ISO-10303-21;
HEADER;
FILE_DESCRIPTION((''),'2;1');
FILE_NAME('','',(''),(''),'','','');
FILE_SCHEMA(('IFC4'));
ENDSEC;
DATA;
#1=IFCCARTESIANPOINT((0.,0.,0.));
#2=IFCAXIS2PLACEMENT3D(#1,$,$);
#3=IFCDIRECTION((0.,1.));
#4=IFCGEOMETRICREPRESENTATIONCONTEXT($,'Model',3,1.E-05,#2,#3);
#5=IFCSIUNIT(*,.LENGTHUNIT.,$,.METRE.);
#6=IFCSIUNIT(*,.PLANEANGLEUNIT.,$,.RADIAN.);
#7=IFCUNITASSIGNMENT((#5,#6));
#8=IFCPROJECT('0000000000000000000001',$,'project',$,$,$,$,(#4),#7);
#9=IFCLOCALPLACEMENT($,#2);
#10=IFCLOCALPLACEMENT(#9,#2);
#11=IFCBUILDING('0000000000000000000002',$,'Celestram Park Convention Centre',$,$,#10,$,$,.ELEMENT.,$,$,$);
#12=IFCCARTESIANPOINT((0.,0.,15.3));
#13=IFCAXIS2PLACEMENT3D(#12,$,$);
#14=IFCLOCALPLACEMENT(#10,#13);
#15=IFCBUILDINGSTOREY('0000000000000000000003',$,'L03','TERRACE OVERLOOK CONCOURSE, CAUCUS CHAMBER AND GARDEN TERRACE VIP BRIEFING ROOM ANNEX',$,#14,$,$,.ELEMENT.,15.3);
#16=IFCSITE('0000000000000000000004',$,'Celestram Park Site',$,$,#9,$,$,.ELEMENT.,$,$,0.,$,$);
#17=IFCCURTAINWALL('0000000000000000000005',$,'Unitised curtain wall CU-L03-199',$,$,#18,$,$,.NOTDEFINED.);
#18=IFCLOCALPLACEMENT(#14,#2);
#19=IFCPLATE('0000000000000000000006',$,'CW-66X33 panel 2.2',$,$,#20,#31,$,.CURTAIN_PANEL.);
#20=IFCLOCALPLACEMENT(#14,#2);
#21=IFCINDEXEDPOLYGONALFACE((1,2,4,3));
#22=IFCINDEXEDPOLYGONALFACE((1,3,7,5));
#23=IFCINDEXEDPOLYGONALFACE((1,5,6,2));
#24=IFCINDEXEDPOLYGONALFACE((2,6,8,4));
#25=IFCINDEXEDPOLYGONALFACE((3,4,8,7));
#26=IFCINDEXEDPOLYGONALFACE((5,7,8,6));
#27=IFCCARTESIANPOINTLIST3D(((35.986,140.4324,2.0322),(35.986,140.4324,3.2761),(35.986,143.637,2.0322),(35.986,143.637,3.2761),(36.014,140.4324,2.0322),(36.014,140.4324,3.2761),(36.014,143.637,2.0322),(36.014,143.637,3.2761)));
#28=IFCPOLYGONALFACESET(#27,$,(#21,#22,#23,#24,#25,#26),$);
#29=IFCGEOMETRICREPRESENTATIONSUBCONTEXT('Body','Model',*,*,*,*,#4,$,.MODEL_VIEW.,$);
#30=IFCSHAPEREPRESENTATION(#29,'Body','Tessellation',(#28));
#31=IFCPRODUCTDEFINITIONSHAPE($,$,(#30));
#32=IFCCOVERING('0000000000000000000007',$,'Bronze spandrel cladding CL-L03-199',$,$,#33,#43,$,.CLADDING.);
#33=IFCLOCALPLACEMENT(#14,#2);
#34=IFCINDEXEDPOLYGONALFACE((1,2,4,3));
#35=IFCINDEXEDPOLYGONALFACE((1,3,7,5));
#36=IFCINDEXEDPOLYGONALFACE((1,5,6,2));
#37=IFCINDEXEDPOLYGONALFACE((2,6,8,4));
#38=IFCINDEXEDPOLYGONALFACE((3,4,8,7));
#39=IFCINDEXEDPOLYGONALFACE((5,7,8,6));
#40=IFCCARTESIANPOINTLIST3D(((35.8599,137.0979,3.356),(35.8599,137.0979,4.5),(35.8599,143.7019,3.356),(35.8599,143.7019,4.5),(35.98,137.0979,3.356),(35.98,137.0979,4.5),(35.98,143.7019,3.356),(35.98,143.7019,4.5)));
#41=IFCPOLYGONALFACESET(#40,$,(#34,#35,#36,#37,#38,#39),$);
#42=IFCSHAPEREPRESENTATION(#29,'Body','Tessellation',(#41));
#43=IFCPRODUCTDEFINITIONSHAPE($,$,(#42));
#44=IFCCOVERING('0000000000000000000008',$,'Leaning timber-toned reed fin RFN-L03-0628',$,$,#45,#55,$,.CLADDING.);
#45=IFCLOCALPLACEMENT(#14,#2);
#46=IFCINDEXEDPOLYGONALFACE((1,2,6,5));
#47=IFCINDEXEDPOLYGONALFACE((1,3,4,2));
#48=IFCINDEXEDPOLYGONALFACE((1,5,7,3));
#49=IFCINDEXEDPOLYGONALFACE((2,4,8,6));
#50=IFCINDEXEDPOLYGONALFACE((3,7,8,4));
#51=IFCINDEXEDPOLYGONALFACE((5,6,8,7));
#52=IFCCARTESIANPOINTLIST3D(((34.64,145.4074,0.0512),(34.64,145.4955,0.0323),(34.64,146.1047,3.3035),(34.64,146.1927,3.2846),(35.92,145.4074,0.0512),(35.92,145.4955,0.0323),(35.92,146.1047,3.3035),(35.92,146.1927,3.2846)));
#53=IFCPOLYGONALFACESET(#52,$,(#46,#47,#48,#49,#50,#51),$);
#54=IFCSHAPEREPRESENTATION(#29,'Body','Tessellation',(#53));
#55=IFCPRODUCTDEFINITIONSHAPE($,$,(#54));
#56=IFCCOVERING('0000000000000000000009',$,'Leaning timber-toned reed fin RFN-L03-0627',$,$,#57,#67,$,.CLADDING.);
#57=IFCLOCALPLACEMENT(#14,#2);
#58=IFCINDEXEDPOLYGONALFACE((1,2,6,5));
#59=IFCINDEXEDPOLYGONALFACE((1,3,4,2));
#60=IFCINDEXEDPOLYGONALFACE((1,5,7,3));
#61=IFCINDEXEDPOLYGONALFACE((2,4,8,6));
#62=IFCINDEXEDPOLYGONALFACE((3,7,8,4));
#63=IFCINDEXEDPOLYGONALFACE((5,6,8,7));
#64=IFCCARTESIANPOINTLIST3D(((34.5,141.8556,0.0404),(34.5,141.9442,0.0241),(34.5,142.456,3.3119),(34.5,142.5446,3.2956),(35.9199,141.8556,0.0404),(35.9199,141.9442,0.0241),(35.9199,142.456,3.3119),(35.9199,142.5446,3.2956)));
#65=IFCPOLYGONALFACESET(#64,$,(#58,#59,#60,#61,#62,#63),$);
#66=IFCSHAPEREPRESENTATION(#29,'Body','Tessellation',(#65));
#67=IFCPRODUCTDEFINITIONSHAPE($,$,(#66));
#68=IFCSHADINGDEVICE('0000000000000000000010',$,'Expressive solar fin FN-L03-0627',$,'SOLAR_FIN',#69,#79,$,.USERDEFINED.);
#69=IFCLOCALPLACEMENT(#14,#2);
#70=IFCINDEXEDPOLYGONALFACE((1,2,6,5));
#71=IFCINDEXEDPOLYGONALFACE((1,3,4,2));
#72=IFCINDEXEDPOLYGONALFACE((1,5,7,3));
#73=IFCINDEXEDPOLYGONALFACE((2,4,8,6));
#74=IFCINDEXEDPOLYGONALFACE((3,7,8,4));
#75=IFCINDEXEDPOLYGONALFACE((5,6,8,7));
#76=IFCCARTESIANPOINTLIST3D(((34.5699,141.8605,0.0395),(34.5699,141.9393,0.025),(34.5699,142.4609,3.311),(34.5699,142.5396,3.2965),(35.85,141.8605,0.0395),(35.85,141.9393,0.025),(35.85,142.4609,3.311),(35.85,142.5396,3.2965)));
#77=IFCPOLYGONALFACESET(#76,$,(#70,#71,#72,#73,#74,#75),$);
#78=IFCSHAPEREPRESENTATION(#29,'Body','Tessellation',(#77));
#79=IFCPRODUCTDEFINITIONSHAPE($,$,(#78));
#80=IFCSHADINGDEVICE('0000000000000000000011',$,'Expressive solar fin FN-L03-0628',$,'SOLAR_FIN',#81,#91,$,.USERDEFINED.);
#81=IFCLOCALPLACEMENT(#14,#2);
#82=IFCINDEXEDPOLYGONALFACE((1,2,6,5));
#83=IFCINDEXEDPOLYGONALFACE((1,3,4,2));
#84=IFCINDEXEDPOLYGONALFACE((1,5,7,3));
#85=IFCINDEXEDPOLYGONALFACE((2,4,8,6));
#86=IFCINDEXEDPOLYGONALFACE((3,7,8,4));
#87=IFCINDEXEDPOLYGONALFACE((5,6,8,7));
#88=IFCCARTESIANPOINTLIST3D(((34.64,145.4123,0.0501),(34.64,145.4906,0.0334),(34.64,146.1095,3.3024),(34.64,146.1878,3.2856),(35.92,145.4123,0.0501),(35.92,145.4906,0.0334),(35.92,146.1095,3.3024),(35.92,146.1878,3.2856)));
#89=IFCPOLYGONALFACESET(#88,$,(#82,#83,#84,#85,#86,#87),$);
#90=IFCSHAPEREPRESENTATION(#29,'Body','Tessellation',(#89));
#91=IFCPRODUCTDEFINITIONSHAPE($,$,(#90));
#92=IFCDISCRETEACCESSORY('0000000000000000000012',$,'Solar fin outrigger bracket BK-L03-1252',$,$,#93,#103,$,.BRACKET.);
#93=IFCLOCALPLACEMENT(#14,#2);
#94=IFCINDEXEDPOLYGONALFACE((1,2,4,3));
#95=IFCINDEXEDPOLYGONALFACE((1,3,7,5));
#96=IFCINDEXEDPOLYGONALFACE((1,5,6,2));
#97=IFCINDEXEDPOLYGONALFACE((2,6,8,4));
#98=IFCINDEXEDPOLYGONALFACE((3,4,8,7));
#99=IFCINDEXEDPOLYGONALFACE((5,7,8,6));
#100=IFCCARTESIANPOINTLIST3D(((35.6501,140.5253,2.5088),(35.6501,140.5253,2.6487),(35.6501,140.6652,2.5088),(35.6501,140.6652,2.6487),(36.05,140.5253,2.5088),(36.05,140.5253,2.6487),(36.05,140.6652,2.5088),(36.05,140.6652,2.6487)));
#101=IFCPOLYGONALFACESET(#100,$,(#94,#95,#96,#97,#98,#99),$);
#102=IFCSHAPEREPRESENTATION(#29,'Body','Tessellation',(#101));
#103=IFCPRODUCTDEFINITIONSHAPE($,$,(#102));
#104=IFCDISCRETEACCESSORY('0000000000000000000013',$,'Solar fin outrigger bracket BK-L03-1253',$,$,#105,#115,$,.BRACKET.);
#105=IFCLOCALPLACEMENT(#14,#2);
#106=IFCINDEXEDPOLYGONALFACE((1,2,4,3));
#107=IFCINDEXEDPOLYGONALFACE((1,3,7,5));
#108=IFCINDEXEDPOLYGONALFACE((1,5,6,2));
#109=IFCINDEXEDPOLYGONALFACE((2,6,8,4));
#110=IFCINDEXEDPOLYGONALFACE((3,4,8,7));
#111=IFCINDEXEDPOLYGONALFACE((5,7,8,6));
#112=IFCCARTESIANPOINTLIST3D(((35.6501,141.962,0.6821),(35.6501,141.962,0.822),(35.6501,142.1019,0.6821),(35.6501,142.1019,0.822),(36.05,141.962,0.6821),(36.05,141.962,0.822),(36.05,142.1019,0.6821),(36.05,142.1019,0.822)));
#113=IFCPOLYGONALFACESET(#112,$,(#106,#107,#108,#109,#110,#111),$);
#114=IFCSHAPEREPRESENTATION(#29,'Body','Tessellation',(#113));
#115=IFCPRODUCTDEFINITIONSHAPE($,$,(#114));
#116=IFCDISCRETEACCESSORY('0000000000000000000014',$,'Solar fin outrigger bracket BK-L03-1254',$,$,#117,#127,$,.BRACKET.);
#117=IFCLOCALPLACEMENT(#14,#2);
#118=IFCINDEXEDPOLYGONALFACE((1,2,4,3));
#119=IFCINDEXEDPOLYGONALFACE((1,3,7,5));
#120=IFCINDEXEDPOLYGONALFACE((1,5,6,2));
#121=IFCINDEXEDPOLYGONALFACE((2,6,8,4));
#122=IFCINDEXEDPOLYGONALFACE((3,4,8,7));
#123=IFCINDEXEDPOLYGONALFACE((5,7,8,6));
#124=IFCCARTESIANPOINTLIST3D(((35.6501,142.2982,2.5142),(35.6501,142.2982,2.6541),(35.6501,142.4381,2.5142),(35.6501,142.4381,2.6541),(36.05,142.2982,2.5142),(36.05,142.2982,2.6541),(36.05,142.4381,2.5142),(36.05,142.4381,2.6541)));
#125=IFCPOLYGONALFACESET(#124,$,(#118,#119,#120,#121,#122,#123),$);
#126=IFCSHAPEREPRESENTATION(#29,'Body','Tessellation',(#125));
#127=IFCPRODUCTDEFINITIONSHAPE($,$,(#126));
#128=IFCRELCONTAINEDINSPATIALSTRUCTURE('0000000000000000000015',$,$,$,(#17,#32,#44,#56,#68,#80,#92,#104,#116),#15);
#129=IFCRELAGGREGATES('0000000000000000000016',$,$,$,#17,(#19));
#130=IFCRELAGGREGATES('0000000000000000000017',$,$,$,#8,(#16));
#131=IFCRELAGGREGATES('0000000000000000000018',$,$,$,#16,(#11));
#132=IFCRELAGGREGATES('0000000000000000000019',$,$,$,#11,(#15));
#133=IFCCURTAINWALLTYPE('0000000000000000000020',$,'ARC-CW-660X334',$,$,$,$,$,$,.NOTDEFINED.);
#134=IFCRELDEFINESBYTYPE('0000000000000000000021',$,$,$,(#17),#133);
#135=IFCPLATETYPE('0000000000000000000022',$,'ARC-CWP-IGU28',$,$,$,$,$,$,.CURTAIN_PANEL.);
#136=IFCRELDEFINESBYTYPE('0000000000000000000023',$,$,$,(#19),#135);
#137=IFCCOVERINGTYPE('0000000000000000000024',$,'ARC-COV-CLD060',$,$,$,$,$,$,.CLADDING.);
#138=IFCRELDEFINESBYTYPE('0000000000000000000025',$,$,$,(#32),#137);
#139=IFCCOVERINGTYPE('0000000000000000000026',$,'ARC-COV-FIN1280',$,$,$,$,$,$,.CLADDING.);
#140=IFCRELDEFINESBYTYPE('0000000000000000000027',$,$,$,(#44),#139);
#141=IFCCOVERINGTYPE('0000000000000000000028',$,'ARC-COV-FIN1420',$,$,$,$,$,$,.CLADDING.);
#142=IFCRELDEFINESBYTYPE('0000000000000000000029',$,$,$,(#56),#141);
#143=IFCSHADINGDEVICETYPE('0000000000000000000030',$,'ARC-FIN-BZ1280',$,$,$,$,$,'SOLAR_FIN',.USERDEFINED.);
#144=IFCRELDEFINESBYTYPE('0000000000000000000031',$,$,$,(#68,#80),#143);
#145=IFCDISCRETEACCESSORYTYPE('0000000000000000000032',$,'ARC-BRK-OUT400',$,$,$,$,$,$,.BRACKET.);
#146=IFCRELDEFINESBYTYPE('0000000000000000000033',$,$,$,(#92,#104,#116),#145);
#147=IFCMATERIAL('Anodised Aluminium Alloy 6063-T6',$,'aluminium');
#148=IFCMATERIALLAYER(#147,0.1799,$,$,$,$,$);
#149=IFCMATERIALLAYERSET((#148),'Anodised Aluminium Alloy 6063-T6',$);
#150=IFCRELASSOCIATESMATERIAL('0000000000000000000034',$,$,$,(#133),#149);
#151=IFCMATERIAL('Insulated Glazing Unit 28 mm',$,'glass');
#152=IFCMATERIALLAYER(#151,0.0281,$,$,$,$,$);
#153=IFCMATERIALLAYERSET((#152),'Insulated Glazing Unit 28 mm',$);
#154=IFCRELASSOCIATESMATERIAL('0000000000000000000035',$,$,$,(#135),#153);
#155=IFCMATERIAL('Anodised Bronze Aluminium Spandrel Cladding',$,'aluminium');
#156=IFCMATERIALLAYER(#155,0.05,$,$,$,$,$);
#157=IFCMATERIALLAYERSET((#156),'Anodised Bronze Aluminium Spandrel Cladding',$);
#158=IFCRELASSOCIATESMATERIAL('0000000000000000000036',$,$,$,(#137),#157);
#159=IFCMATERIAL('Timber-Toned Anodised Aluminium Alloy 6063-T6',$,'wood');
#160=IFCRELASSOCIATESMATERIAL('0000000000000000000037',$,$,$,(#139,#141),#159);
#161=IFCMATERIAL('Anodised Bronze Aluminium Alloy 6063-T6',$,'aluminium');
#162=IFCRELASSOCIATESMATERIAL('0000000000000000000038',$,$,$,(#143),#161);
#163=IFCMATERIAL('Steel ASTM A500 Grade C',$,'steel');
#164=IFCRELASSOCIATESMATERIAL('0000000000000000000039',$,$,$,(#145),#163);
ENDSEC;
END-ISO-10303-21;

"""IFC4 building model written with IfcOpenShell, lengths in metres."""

from ifc_helpers import new_model, si_unit, direction, frame, origin, origin_2d, place, context, subcontext, project, spatial, rectangle, extrude, material, layer, layer_set, material_profile, profile_set, type_object, element, aggregate, save


model = new_model("IFC4")

# Units and contexts
model_context = context("Model", 3, precision=1e-05, world=origin(), true_north=direction((0.0, 1.0)))
body_context = subcontext(model_context, "Body", "Model", "MODEL_VIEW")
ifc_project = project(units=[si_unit("LENGTHUNIT", "METRE"), si_unit("PLANEANGLEUNIT", "RADIAN")], contexts=[model_context])

# Site, building, storey
site_placement = place(None, origin())
site = spatial("IfcSite", under=ifc_project, at=site_placement, Name="Celestram Park Site", CompositionType="ELEMENT", RefElevation=0.0)
building_placement = place(site_placement, origin())
building = spatial("IfcBuilding", under=site, at=building_placement, Name="Celestram Park Convention Centre", CompositionType="ELEMENT")
storey_placement = place(building_placement, frame((0.0, 0.0, 15.3)))
storey = spatial("IfcBuildingStorey", under=building, at=storey_placement, Name="L03", Description="TERRACE OVERLOOK CONCOURSE, CAUCUS CHAMBER AND GARDEN TERRACE VIP BRIEFING ROOM ANNEX", CompositionType="ELEMENT", Elevation=15.3)

# Curtain wall
ifc_material_1 = material(Name="Anodised Aluminium Alloy 6063-T6", Category="aluminium")
ifc_layer_1 = layer(ifc_material_1, 0.1799)
ifc_layer_set_1 = layer_set([ifc_layer_1], Name="Anodised Aluminium Alloy 6063-T6")
curtain_wall_type = type_object("IfcCurtainWallType", Name="ARC-CW-660X334", PredefinedType="NOTDEFINED", material=ifc_layer_set_1)
curtain_wall_1_placement = place(storey_placement, origin())
curtain_wall_1 = element("IfcCurtainWall", 1, at=curtain_wall_1_placement, inside=storey, type_object=curtain_wall_type, Name="Unitised curtain wall CU-L03-199", PredefinedType="NOTDEFINED")

# Shared definitions
ifc_material_2 = material(Name="Steel ASTM A500 Grade C", Category="steel")

# Plate
ifc_material_3 = material(Name="Insulated Glazing Unit 28 mm", Category="glass")
ifc_layer_2 = layer(ifc_material_3, 0.0281)
ifc_layer_set_2 = layer_set([ifc_layer_2], Name="Insulated Glazing Unit 28 mm")
plate_type = type_object("IfcPlateType", Name="ARC-CWP-IGU28", PredefinedType="CURTAIN_PANEL", material=ifc_layer_set_2)
plate_1_placement = place(storey_placement, frame((36.0, 142.0347, 2.0322), z_axis=(0.0, 0.0, 1.0), x_axis=(0.0, 1.0, 0.0)))
plate_1 = element("IfcPlate", 2, at=plate_1_placement, type_object=plate_type, Name="CW-66X33 panel 2.2", PredefinedType="CURTAIN_PANEL", context=body_context, shape_type="SweptSolid", body=[
    extrude(rectangle(XDim=3.2046, YDim=0.0281, at=origin_2d()), origin(), (0.0, 0.0, 1.0), 1.2439),
])
aggregate(curtain_wall_1, [plate_1])

# Coverings
ifc_material_4 = material(Name="Anodised Bronze Aluminium Spandrel Cladding", Category="aluminium")
ifc_layer_3 = layer(ifc_material_4, 0.05)
ifc_layer_set_3 = layer_set([ifc_layer_3], Name="Anodised Bronze Aluminium Spandrel Cladding")
covering_type_1 = type_object("IfcCoveringType", Name="ARC-COV-CLD060", PredefinedType="CLADDING", material=ifc_layer_set_3)
covering_1_placement = place(storey_placement, frame((35.9199, 140.3999, 3.356), z_axis=(0.0, 0.0, 1.0), x_axis=(0.0, 1.0, 0.0)))
element("IfcCovering", 3, at=covering_1_placement, inside=storey, type_object=covering_type_1, Name="Bronze spandrel cladding CL-L03-199", PredefinedType="CLADDING", context=body_context, shape_type="SweptSolid", body=[
    extrude(rectangle(XDim=6.604, YDim=0.1201, at=origin_2d()), origin(), (0.0, 0.0, 1.0), 1.144),
])
ifc_material_5 = material(Name="Timber-Toned Anodised Aluminium Alloy 6063-T6", Category="wood")
ifc_material_profile_1 = material_profile(ifc_material_5, rectangle(XDim=1.28, YDim=0.0901, at=origin_2d()), Name="REED1280X90")
ifc_profile_set_1 = profile_set([ifc_material_profile_1], Name="Timber-Toned Anodised Aluminium Alloy 6063-T6")
covering_type_2 = type_object("IfcCoveringType", Name="ARC-COV-FIN1280", PredefinedType="CLADDING", material=ifc_profile_set_1)
covering_2_placement = place(storey_placement, frame((35.28, 145.4514, 0.0417), z_axis=(0.0, 0.209634, 0.97778), x_axis=(-1.0, 0.0, 0.0)))
element("IfcCovering", 4, at=covering_2_placement, inside=storey, type_object=covering_type_2, Name="Leaning timber-toned reed fin RFN-L03-0628", PredefinedType="CLADDING", context=body_context, shape_type="SweptSolid", body=[
    extrude(rectangle(XDim=1.28, YDim=0.0901, at=origin_2d()), origin(), (0.0, 0.0, 1.0), 3.3262),
])
ifc_material_profile_2 = material_profile(ifc_material_5, rectangle(XDim=1.4199, YDim=0.0901, at=origin_2d()), Name="REED1420X90")
ifc_profile_set_2 = profile_set([ifc_material_profile_2], Name="Timber-Toned Anodised Aluminium Alloy 6063-T6")
covering_type_3 = type_object("IfcCoveringType", Name="ARC-COV-FIN1420", PredefinedType="CLADDING", material=ifc_profile_set_2)
covering_3_placement = place(storey_placement, frame((35.21, 141.8999, 0.0322), z_axis=(0.0, 0.180494, 0.983576), x_axis=(-1.0, 0.0, 0.0)))
element("IfcCovering", 5, at=covering_3_placement, inside=storey, type_object=covering_type_3, Name="Leaning timber-toned reed fin RFN-L03-0627", PredefinedType="CLADDING", context=body_context, shape_type="SweptSolid", body=[
    extrude(rectangle(XDim=1.4199, YDim=0.0901, at=origin_2d()), origin(), (0.0, 0.0, 1.0), 3.3262),
])

# Shading devices
ifc_material_6 = material(Name="Anodised Bronze Aluminium Alloy 6063-T6", Category="aluminium")
ifc_material_profile_3 = material_profile(ifc_material_6, rectangle(XDim=1.28, YDim=0.0801, at=origin_2d()), Name="FIN1280X80")
ifc_profile_set_3 = profile_set([ifc_material_profile_3], Name="Anodised Bronze Aluminium Alloy 6063-T6")
shading_device_type = type_object("IfcShadingDeviceType", Name="ARC-FIN-BZ1280", ElementType="SOLAR_FIN", PredefinedType="USERDEFINED", material=ifc_profile_set_3)
for number, where, z_axis, x_axis, name in (
    (6, (35.21, 141.8999, 0.0322), (0.0, 0.180494, 0.983576), (-1.0, 0.0, 0.0), "Expressive solar fin FN-L03-0627"),
    (7, (35.28, 145.4514, 0.0417), (0.0, 0.209634, 0.97778), (-1.0, 0.0, 0.0), "Expressive solar fin FN-L03-0628"),
):
    element("IfcShadingDevice", number, at=place(storey_placement, frame(where, z_axis=z_axis, x_axis=x_axis)), inside=storey, type_object=shading_device_type, Name=name, ObjectType="SOLAR_FIN", PredefinedType="USERDEFINED", context=body_context, shape_type="SweptSolid", body=[
        extrude(rectangle(XDim=1.28, YDim=0.0801, at=origin_2d()), origin(), (0.0, 0.0, 1.0), 3.3262),
    ])

# Discrete accessories
discrete_accessory_type = type_object("IfcDiscreteAccessoryType", Name="ARC-BRK-OUT400", PredefinedType="BRACKET", material=ifc_material_2)
for number, where, z_axis, x_axis, name in (
    (8, (35.8501, 140.5952, 2.5088), (0.0, 0.0, 1.0), (-1.0, 0.0, 0.0), "Solar fin outrigger bracket BK-L03-1252"),
    (9, (35.8501, 142.032, 0.6821), (0.0, 0.0, 1.0), (-1.0, 0.0, 0.0), "Solar fin outrigger bracket BK-L03-1253"),
    (10, (35.8501, 142.3682, 2.5142), (0.0, 0.0, 1.0), (-1.0, 0.0, 0.0), "Solar fin outrigger bracket BK-L03-1254"),
):
    element("IfcDiscreteAccessory", number, at=place(storey_placement, frame(where, z_axis=z_axis, x_axis=x_axis)), inside=storey, type_object=discrete_accessory_type, Name=name, PredefinedType="BRACKET", context=body_context, shape_type="SweptSolid", body=[
        extrude(rectangle(XDim=0.3999, YDim=0.1399, at=origin_2d()), origin(), (0.0, 0.0, 1.0), 0.1399),
    ])

save(model, "model.ifc")
